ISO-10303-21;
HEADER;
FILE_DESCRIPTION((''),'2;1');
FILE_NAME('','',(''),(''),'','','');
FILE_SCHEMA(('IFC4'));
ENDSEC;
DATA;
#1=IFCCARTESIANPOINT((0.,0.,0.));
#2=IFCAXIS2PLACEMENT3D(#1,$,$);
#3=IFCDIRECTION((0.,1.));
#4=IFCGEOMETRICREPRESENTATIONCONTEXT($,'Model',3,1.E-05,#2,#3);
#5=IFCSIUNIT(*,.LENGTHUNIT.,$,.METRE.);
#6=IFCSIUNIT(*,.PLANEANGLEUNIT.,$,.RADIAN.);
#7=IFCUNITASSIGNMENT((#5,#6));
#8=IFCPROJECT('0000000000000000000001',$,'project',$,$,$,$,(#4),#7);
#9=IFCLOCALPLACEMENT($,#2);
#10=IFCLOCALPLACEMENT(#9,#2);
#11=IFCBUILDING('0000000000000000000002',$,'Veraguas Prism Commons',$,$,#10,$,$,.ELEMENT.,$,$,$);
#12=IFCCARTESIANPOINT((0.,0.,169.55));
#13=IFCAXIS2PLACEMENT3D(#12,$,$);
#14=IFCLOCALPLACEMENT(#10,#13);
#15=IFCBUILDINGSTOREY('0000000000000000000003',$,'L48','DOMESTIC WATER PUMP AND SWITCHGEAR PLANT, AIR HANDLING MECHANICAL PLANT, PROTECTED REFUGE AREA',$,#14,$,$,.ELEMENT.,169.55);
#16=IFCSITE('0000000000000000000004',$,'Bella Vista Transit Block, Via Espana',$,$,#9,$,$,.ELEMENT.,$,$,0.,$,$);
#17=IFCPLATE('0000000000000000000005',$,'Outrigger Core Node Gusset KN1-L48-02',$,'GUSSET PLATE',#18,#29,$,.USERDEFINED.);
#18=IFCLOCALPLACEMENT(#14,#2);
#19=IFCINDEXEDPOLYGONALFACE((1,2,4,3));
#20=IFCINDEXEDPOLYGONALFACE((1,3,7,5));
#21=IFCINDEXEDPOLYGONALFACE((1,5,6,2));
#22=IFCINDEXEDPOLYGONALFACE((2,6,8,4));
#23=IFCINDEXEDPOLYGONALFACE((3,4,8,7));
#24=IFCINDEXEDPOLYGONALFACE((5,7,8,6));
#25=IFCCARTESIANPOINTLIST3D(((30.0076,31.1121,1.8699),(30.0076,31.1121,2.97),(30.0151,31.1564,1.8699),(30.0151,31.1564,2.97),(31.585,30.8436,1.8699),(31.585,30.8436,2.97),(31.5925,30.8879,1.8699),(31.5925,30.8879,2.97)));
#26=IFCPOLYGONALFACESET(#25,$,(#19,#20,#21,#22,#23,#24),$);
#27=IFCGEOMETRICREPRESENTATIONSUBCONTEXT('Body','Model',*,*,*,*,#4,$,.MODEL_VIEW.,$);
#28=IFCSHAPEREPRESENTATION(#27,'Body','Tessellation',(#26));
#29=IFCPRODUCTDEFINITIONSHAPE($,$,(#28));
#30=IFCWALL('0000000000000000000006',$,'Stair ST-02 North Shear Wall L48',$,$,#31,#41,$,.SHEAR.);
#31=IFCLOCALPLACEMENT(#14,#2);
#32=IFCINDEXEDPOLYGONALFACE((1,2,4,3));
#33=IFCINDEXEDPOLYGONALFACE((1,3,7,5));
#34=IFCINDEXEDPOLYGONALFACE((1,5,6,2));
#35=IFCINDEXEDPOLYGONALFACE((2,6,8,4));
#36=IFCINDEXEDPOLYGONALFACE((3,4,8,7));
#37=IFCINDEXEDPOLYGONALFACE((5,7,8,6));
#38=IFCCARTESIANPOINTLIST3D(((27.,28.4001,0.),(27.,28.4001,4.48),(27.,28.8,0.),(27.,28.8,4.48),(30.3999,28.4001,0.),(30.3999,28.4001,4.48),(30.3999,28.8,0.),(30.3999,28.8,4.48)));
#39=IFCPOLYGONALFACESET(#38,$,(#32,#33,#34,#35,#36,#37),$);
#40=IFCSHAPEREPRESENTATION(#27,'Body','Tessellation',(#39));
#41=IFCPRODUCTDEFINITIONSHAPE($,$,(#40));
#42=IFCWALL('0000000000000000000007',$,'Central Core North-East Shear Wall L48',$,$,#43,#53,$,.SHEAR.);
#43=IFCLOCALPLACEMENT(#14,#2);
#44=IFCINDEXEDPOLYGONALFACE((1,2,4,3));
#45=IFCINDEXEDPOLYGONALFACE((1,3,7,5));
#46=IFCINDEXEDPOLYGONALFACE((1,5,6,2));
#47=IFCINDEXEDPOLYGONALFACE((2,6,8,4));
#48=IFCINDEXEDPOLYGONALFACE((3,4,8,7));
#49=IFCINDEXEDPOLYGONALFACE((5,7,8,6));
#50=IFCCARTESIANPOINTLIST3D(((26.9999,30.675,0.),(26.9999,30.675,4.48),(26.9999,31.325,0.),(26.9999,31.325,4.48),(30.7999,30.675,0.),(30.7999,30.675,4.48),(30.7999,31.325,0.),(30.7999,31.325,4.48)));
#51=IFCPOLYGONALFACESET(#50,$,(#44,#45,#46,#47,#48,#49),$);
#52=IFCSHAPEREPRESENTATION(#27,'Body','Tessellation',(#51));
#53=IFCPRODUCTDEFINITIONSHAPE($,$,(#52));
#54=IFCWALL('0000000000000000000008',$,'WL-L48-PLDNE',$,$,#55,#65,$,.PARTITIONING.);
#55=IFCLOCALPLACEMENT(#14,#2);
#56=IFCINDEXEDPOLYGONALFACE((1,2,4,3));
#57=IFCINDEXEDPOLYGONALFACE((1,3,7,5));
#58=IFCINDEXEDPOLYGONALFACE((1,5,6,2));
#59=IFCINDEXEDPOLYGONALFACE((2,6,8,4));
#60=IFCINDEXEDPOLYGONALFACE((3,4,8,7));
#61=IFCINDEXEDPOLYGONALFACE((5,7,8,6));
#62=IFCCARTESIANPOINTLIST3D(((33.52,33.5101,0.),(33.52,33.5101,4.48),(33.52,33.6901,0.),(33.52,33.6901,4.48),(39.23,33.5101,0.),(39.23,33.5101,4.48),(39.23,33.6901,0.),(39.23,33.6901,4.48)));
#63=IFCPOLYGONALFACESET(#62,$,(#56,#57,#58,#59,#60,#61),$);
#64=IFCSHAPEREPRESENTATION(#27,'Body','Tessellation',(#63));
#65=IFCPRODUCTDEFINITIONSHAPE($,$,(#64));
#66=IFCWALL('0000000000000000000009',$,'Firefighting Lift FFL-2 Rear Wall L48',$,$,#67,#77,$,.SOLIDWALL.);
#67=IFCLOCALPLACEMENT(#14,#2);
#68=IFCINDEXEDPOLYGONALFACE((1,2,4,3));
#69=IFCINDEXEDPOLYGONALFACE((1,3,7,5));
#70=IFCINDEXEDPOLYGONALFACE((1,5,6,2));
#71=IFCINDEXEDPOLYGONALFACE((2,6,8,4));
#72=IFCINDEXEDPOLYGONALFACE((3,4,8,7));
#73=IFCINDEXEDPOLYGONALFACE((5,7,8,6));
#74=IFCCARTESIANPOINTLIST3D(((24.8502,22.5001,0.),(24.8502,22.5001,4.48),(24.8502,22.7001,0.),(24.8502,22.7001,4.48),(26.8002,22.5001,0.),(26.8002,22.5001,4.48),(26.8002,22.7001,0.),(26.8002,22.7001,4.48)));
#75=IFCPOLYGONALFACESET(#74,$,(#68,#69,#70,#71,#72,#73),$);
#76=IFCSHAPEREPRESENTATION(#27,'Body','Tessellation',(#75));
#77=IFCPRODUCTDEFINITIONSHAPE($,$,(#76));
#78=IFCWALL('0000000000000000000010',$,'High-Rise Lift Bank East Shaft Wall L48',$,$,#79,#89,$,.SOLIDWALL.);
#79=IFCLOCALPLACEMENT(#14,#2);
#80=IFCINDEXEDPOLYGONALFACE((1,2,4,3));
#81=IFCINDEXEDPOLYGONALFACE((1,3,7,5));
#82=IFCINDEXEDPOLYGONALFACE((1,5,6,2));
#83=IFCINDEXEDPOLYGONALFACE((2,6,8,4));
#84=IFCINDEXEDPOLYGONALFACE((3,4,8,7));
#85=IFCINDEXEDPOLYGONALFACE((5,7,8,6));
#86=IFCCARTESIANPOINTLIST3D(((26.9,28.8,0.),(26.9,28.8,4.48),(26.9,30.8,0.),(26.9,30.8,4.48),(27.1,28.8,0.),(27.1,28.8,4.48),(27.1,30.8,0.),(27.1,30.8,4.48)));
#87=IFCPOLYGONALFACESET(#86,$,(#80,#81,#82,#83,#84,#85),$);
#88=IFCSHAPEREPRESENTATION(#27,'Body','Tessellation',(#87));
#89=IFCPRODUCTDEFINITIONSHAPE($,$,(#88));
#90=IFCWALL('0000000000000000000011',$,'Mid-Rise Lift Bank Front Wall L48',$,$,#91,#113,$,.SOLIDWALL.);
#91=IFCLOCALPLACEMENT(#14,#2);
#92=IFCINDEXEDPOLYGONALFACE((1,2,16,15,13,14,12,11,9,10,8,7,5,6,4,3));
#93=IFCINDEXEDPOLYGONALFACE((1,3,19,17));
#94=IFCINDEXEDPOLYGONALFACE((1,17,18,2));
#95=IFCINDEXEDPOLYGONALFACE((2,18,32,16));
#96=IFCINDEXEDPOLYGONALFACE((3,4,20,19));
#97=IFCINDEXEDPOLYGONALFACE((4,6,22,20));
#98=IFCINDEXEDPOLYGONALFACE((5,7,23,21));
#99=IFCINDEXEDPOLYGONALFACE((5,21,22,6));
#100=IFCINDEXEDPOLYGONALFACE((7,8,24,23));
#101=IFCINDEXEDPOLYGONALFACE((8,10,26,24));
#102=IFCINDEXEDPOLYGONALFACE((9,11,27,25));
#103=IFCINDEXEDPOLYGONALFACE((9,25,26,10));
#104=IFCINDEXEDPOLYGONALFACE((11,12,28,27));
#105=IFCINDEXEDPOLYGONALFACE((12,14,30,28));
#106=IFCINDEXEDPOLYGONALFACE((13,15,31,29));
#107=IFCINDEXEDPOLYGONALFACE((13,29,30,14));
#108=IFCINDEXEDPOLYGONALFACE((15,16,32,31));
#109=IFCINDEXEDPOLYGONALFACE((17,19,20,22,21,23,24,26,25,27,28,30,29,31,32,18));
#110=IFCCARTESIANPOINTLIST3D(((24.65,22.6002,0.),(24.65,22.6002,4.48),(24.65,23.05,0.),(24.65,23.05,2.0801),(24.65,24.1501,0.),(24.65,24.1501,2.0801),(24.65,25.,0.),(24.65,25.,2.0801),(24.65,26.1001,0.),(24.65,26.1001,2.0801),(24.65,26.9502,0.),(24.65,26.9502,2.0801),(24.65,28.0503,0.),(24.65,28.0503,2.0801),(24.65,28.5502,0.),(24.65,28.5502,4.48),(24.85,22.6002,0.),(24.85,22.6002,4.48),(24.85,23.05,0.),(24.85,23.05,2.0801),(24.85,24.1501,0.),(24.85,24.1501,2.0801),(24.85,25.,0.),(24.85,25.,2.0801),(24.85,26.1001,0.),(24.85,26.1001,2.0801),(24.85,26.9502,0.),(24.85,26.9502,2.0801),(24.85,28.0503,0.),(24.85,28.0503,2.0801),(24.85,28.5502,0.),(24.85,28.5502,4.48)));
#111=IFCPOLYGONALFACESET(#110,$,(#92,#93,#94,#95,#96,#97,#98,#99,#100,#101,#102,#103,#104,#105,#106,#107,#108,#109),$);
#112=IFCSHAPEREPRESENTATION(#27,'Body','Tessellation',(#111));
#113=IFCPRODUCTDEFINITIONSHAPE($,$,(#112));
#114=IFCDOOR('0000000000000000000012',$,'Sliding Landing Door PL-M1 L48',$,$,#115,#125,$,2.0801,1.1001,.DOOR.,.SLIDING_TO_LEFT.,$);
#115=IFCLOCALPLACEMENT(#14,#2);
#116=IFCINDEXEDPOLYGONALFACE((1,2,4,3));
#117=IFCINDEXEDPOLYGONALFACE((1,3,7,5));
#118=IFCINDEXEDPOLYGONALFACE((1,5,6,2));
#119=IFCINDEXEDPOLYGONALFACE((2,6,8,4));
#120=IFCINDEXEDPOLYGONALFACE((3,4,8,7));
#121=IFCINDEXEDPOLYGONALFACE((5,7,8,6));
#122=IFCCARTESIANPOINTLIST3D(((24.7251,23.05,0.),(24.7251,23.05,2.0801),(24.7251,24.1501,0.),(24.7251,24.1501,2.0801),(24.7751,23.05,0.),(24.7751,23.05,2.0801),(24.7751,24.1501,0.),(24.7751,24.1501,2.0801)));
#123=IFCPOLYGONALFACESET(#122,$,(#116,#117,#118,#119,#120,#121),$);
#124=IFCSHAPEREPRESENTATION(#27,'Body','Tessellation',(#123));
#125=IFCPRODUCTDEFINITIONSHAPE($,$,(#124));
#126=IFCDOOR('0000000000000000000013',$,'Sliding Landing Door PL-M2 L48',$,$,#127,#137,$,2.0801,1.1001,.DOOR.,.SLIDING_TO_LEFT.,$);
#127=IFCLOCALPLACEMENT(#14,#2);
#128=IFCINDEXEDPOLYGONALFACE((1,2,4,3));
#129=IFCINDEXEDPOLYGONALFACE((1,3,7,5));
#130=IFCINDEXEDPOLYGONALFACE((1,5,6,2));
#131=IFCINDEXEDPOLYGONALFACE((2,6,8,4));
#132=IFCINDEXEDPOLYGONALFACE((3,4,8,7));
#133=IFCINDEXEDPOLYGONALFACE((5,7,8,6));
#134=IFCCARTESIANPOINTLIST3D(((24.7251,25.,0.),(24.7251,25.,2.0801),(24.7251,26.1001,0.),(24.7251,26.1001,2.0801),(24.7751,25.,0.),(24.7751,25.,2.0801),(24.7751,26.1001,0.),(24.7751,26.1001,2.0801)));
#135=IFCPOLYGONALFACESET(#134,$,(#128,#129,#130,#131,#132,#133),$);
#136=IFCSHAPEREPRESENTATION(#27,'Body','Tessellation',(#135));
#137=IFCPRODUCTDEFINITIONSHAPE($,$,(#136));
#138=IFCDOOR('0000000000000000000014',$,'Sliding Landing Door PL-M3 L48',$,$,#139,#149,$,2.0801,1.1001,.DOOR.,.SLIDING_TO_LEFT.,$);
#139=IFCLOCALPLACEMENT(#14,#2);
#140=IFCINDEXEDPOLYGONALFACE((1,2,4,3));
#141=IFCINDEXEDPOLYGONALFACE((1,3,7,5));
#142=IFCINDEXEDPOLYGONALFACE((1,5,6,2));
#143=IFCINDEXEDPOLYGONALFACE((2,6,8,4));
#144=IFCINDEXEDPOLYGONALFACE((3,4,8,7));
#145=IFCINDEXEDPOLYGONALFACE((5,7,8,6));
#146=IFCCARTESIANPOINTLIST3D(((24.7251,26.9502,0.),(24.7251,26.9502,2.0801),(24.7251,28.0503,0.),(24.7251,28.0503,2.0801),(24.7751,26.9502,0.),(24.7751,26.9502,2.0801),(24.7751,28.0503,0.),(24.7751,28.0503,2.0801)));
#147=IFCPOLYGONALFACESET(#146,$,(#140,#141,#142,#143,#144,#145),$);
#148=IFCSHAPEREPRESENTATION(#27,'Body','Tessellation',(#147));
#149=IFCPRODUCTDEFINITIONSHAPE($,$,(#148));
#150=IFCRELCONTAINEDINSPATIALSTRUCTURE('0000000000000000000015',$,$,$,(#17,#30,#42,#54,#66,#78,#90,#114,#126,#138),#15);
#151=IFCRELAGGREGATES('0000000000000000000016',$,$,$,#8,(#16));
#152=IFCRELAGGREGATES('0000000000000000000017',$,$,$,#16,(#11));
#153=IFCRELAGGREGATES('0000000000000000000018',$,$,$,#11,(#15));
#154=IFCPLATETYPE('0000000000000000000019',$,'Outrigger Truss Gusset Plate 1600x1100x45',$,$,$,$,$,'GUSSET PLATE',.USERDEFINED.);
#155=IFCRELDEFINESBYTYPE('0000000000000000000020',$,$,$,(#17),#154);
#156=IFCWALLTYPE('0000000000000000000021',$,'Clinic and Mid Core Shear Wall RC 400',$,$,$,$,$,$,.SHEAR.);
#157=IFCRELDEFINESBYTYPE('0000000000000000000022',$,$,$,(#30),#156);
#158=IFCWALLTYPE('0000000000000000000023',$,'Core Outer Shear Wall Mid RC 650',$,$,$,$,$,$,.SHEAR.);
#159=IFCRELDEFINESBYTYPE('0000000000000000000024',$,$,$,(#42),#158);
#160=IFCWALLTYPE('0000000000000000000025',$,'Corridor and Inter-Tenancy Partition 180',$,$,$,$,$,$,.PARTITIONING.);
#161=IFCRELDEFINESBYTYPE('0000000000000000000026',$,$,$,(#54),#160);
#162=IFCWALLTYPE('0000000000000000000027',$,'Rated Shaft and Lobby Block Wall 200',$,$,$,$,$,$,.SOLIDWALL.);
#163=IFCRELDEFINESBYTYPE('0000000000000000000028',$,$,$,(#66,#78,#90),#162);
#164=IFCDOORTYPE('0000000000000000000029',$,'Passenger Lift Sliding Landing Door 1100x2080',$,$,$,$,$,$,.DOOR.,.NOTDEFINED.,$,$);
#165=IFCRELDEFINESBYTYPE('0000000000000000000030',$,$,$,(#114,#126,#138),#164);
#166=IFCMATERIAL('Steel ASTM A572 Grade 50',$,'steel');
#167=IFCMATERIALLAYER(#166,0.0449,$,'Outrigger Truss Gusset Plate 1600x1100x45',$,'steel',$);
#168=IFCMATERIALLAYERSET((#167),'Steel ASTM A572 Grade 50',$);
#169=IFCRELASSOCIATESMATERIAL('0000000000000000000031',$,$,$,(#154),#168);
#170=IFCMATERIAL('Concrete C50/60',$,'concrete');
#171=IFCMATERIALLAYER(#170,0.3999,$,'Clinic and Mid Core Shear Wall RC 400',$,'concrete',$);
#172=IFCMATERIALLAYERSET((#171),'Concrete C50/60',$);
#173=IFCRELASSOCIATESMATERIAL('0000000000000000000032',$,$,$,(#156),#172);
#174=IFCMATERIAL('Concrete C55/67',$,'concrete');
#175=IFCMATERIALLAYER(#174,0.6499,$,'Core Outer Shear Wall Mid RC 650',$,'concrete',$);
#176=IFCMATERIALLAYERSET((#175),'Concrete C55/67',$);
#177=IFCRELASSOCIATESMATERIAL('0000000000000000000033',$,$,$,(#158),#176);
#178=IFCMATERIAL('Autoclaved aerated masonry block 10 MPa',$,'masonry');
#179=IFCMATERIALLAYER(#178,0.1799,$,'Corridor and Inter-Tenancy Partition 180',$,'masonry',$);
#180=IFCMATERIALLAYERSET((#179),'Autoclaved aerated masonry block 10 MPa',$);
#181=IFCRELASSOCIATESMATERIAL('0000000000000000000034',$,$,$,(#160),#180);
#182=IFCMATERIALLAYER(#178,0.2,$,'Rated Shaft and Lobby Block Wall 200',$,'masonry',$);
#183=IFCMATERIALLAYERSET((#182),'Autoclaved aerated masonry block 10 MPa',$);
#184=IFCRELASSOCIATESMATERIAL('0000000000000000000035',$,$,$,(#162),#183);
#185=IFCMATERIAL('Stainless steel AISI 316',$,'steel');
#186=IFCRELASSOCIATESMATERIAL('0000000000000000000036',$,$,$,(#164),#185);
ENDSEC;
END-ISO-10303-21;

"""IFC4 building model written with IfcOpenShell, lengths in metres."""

from ifc_helpers import new_model, si_unit, direction, frame, frame_2d, origin, origin_2d, place, context, subcontext, project, spatial, rectangle, extrude, source, transform, mapped, material, layer, layer_set, type_object, element, fill, save


model = new_model("IFC4")

# Units and contexts
model_context = context("Model", 3, precision=1e-05, world=origin(), true_north=direction((0.0, 1.0)))
body_context = subcontext(model_context, "Body", "Model", "MODEL_VIEW")
ifc_project = project(units=[si_unit("LENGTHUNIT", "METRE"), si_unit("PLANEANGLEUNIT", "RADIAN")], contexts=[model_context])

# Site, building, storey
site_placement = place(None, origin())
site = spatial("IfcSite", under=ifc_project, at=site_placement, Name="Bella Vista Transit Block, Via Espana", CompositionType="ELEMENT", RefElevation=0.0)
building_placement = place(site_placement, origin())
building = spatial("IfcBuilding", under=site, at=building_placement, Name="Veraguas Prism Commons", CompositionType="ELEMENT")
storey_placement = place(building_placement, frame((0.0, 0.0, 169.55)))
storey = spatial("IfcBuildingStorey", under=building, at=storey_placement, Name="L48", Description="DOMESTIC WATER PUMP AND SWITCHGEAR PLANT, AIR HANDLING MECHANICAL PLANT, PROTECTED REFUGE AREA", CompositionType="ELEMENT", Elevation=169.55)

# Plate
ifc_material_1 = material(Name="Steel ASTM A572 Grade 50", Category="steel")
ifc_layer_1 = layer(ifc_material_1, 0.0449, Name="Outrigger Truss Gusset Plate 1600x1100x45", Category="steel")
ifc_layer_set_1 = layer_set([ifc_layer_1], Name="Steel ASTM A572 Grade 50")
plate_type_1 = type_object("IfcPlateType", Name="Outrigger Truss Gusset Plate 1600x1100x45", ElementType="GUSSET PLATE", PredefinedType="USERDEFINED", material=ifc_layer_set_1)
shared_shape_1 = source(origin(), body_context, "Body", "SweptSolid", [
    extrude(rectangle(XDim=1.6001, YDim=0.0449, at=origin_2d()), origin(), (0.0, 0.0, 1.0), 1.1001),
])
plate_1_placement = place(storey_placement, frame((30.8, 31.0, 1.8699), z_axis=(0.0, 0.0, 1.0), x_axis=(0.985821, -0.167799, 0.0)))
element("IfcPlate", 1, at=plate_1_placement, inside=storey, type_object=plate_type_1, Name="Outrigger Core Node Gusset KN1-L48-02", ObjectType="GUSSET PLATE", PredefinedType="USERDEFINED", context=body_context, shape_type="MappedRepresentation", body=[
    mapped(shared_shape_1, transform((0.0, 0.0, 0.0), scale=1.0)),
])

# Walls
ifc_material_2 = material(Name="Concrete C50/60", Category="concrete")
ifc_layer_2 = layer(ifc_material_2, 0.3999, Name="Clinic and Mid Core Shear Wall RC 400", Category="concrete")
ifc_layer_set_2 = layer_set([ifc_layer_2], Name="Concrete C50/60")
wall_type_1 = type_object("IfcWallType", Name="Clinic and Mid Core Shear Wall RC 400", PredefinedType="SHEAR", material=ifc_layer_set_2)
wall_1_placement = place(storey_placement, frame((27.0, 28.6001, 0.0), z_axis=(0.0, 0.0, 1.0), x_axis=(1.0, 0.0, 0.0)))
element("IfcWall", 2, at=wall_1_placement, inside=storey, type_object=wall_type_1, Name="Stair ST-02 North Shear Wall L48", PredefinedType="SHEAR", context=body_context, shape_type="SweptSolid", body=[
    extrude(rectangle(XDim=3.3999, YDim=0.3999, at=frame_2d((1.7, 0.0))), origin(), (0.0, 0.0, 1.0), 4.48),
])
ifc_material_3 = material(Name="Concrete C55/67", Category="concrete")
ifc_layer_3 = layer(ifc_material_3, 0.6499, Name="Core Outer Shear Wall Mid RC 650", Category="concrete")
ifc_layer_set_3 = layer_set([ifc_layer_3], Name="Concrete C55/67")
wall_type_2 = type_object("IfcWallType", Name="Core Outer Shear Wall Mid RC 650", PredefinedType="SHEAR", material=ifc_layer_set_3)
wall_2_placement = place(storey_placement, frame((27.0, 31.0, 0.0), z_axis=(0.0, 0.0, 1.0), x_axis=(1.0, 0.0, 0.0)))
element("IfcWall", 3, at=wall_2_placement, inside=storey, type_object=wall_type_2, Name="Central Core North-East Shear Wall L48", PredefinedType="SHEAR", context=body_context, shape_type="SweptSolid", body=[
    extrude(rectangle(XDim=3.8, YDim=0.6499, at=frame_2d((1.8999, 0.0))), origin(), (0.0, 0.0, 1.0), 4.48),
])
ifc_material_4 = material(Name="Autoclaved aerated masonry block 10 MPa", Category="masonry")
ifc_layer_4 = layer(ifc_material_4, 0.1799, Name="Corridor and Inter-Tenancy Partition 180", Category="masonry")
ifc_layer_set_4 = layer_set([ifc_layer_4], Name="Autoclaved aerated masonry block 10 MPa")
wall_type_3 = type_object("IfcWallType", Name="Corridor and Inter-Tenancy Partition 180", PredefinedType="PARTITIONING", material=ifc_layer_set_4)
wall_3_placement = place(storey_placement, frame((33.52, 33.6001, 0.0), z_axis=(0.0, 0.0, 1.0), x_axis=(1.0, 0.0, 0.0)))
element("IfcWall", 4, at=wall_3_placement, inside=storey, type_object=wall_type_3, Name="WL-L48-PLDNE", PredefinedType="PARTITIONING", context=body_context, shape_type="SweptSolid", body=[
    extrude(rectangle(XDim=5.71, YDim=0.1799, at=frame_2d((2.855, 0.0))), origin(), (0.0, 0.0, 1.0), 4.48),
])
ifc_layer_5 = layer(ifc_material_4, 0.2, Name="Rated Shaft and Lobby Block Wall 200", Category="masonry")
ifc_layer_set_5 = layer_set([ifc_layer_5], Name="Autoclaved aerated masonry block 10 MPa")
wall_type_4 = type_object("IfcWallType", Name="Rated Shaft and Lobby Block Wall 200", PredefinedType="SOLIDWALL", material=ifc_layer_set_5)
wall_4_placement = place(storey_placement, frame((24.8501, 22.6001, 0.0), z_axis=(0.0, 0.0, 1.0), x_axis=(1.0, 0.0, 0.0)))
element("IfcWall", 5, at=wall_4_placement, inside=storey, type_object=wall_type_4, Name="Firefighting Lift FFL-2 Rear Wall L48", PredefinedType="SOLIDWALL", context=body_context, shape_type="SweptSolid", body=[
    extrude(rectangle(XDim=1.95, YDim=0.2, at=frame_2d((0.9751, 0.0))), origin(), (0.0, 0.0, 1.0), 4.48),
])
wall_5_placement = place(storey_placement, frame((27.0, 28.8, 0.0), z_axis=(0.0, 0.0, 1.0), x_axis=(0.0, 1.0, 0.0)))
element("IfcWall", 6, at=wall_5_placement, inside=storey, type_object=wall_type_4, Name="High-Rise Lift Bank East Shaft Wall L48", PredefinedType="SOLIDWALL", context=body_context, shape_type="SweptSolid", body=[
    extrude(rectangle(XDim=2.0, YDim=0.2, at=frame_2d((1.0, 0.0))), origin(), (0.0, 0.0, 1.0), 4.48),
])

# Wall, openings, doors
wall_6_placement = place(storey_placement, frame((24.75, 22.6001, 0.0), z_axis=(0.0, 0.0, 1.0), x_axis=(0.0, 1.0, 0.0)))
wall_6 = element("IfcWall", 7, at=wall_6_placement, inside=storey, type_object=wall_type_4, Name="Mid-Rise Lift Bank Front Wall L48", PredefinedType="SOLIDWALL", context=body_context, shape_type="SweptSolid", body=[
    extrude(rectangle(XDim=5.95, YDim=0.2, at=frame_2d((2.9751, 0.0))), origin(), (0.0, 0.0, 1.0), 4.48),
])
opening_1_placement = place(wall_6_placement, frame((0.45, 0.0, 0.0)))
opening_1 = element("IfcOpeningElement", 8, at=opening_1_placement, cuts=wall_6, PredefinedType="OPENING", context=body_context, shape_type="SweptSolid", body=[
    extrude(rectangle(XDim=1.1001, YDim=2.0801, at=frame_2d((0.55, 1.04))), frame((0.0, 0.1099, 0.0), z_axis=(0.0, -1.0, 0.0), x_axis=(1.0, 0.0, 0.0)), (0.0, 0.0, 1.0), 0.22),
])
opening_2_placement = place(wall_6_placement, frame((2.3999, 0.0, 0.0)))
opening_2 = element("IfcOpeningElement", 9, at=opening_2_placement, cuts=wall_6, PredefinedType="OPENING", context=body_context, shape_type="SweptSolid", body=[
    extrude(rectangle(XDim=1.1001, YDim=2.0801, at=frame_2d((0.55, 1.04))), frame((0.0, 0.1099, 0.0), z_axis=(0.0, -1.0, 0.0), x_axis=(1.0, 0.0, 0.0)), (0.0, 0.0, 1.0), 0.22),
])
opening_3_placement = place(wall_6_placement, frame((4.3501, 0.0, 0.0)))
opening_3 = element("IfcOpeningElement", 10, at=opening_3_placement, cuts=wall_6, PredefinedType="OPENING", context=body_context, shape_type="SweptSolid", body=[
    extrude(rectangle(XDim=1.1001, YDim=2.0801, at=frame_2d((0.55, 1.04))), frame((0.0, 0.1099, 0.0), z_axis=(0.0, -1.0, 0.0), x_axis=(1.0, 0.0, 0.0)), (0.0, 0.0, 1.0), 0.22),
])
ifc_material_5 = material(Name="Stainless steel AISI 316", Category="steel")
door_type = type_object("IfcDoorType", Name="Passenger Lift Sliding Landing Door 1100x2080", OperationType="NOTDEFINED", PredefinedType="DOOR", material=ifc_material_5)
shared_shape_2 = source(origin(), body_context, "Body", "SweptSolid", [
    extrude(rectangle(XDim=1.1001, YDim=2.0801, at=frame_2d((0.55, 1.04))), frame((0.0, 0.0249, 0.0), z_axis=(0.0, -1.0, 0.0), x_axis=(1.0, 0.0, 0.0)), (0.0, 0.0, 1.0), 0.05),
])
door_1_placement = place(opening_1_placement, origin())
door_1 = element("IfcDoor", 11, at=door_1_placement, inside=storey, type_object=door_type, Name="Sliding Landing Door PL-M1 L48", OperationType="SLIDING_TO_LEFT", OverallHeight=2.0801, OverallWidth=1.1001, PredefinedType="DOOR", context=body_context, shape_type="MappedRepresentation", body=[
    mapped(shared_shape_2, transform((0.0, 0.0, 0.0), scale=1.0)),
])
fill(opening_1, door_1)
door_2_placement = place(opening_2_placement, origin())
door_2 = element("IfcDoor", 12, at=door_2_placement, inside=storey, type_object=door_type, Name="Sliding Landing Door PL-M2 L48", OperationType="SLIDING_TO_LEFT", OverallHeight=2.0801, OverallWidth=1.1001, PredefinedType="DOOR", context=body_context, shape_type="MappedRepresentation", body=[
    mapped(shared_shape_2, transform((0.0, 0.0, 0.0), scale=1.0)),
])
fill(opening_2, door_2)
door_3_placement = place(opening_3_placement, origin())
door_3 = element("IfcDoor", 13, at=door_3_placement, inside=storey, type_object=door_type, Name="Sliding Landing Door PL-M3 L48", OperationType="SLIDING_TO_LEFT", OverallHeight=2.0801, OverallWidth=1.1001, PredefinedType="DOOR", context=body_context, shape_type="MappedRepresentation", body=[
    mapped(shared_shape_2, transform((0.0, 0.0, 0.0), scale=1.0)),
])
fill(opening_3, door_3)

save(model, "model.ifc")
